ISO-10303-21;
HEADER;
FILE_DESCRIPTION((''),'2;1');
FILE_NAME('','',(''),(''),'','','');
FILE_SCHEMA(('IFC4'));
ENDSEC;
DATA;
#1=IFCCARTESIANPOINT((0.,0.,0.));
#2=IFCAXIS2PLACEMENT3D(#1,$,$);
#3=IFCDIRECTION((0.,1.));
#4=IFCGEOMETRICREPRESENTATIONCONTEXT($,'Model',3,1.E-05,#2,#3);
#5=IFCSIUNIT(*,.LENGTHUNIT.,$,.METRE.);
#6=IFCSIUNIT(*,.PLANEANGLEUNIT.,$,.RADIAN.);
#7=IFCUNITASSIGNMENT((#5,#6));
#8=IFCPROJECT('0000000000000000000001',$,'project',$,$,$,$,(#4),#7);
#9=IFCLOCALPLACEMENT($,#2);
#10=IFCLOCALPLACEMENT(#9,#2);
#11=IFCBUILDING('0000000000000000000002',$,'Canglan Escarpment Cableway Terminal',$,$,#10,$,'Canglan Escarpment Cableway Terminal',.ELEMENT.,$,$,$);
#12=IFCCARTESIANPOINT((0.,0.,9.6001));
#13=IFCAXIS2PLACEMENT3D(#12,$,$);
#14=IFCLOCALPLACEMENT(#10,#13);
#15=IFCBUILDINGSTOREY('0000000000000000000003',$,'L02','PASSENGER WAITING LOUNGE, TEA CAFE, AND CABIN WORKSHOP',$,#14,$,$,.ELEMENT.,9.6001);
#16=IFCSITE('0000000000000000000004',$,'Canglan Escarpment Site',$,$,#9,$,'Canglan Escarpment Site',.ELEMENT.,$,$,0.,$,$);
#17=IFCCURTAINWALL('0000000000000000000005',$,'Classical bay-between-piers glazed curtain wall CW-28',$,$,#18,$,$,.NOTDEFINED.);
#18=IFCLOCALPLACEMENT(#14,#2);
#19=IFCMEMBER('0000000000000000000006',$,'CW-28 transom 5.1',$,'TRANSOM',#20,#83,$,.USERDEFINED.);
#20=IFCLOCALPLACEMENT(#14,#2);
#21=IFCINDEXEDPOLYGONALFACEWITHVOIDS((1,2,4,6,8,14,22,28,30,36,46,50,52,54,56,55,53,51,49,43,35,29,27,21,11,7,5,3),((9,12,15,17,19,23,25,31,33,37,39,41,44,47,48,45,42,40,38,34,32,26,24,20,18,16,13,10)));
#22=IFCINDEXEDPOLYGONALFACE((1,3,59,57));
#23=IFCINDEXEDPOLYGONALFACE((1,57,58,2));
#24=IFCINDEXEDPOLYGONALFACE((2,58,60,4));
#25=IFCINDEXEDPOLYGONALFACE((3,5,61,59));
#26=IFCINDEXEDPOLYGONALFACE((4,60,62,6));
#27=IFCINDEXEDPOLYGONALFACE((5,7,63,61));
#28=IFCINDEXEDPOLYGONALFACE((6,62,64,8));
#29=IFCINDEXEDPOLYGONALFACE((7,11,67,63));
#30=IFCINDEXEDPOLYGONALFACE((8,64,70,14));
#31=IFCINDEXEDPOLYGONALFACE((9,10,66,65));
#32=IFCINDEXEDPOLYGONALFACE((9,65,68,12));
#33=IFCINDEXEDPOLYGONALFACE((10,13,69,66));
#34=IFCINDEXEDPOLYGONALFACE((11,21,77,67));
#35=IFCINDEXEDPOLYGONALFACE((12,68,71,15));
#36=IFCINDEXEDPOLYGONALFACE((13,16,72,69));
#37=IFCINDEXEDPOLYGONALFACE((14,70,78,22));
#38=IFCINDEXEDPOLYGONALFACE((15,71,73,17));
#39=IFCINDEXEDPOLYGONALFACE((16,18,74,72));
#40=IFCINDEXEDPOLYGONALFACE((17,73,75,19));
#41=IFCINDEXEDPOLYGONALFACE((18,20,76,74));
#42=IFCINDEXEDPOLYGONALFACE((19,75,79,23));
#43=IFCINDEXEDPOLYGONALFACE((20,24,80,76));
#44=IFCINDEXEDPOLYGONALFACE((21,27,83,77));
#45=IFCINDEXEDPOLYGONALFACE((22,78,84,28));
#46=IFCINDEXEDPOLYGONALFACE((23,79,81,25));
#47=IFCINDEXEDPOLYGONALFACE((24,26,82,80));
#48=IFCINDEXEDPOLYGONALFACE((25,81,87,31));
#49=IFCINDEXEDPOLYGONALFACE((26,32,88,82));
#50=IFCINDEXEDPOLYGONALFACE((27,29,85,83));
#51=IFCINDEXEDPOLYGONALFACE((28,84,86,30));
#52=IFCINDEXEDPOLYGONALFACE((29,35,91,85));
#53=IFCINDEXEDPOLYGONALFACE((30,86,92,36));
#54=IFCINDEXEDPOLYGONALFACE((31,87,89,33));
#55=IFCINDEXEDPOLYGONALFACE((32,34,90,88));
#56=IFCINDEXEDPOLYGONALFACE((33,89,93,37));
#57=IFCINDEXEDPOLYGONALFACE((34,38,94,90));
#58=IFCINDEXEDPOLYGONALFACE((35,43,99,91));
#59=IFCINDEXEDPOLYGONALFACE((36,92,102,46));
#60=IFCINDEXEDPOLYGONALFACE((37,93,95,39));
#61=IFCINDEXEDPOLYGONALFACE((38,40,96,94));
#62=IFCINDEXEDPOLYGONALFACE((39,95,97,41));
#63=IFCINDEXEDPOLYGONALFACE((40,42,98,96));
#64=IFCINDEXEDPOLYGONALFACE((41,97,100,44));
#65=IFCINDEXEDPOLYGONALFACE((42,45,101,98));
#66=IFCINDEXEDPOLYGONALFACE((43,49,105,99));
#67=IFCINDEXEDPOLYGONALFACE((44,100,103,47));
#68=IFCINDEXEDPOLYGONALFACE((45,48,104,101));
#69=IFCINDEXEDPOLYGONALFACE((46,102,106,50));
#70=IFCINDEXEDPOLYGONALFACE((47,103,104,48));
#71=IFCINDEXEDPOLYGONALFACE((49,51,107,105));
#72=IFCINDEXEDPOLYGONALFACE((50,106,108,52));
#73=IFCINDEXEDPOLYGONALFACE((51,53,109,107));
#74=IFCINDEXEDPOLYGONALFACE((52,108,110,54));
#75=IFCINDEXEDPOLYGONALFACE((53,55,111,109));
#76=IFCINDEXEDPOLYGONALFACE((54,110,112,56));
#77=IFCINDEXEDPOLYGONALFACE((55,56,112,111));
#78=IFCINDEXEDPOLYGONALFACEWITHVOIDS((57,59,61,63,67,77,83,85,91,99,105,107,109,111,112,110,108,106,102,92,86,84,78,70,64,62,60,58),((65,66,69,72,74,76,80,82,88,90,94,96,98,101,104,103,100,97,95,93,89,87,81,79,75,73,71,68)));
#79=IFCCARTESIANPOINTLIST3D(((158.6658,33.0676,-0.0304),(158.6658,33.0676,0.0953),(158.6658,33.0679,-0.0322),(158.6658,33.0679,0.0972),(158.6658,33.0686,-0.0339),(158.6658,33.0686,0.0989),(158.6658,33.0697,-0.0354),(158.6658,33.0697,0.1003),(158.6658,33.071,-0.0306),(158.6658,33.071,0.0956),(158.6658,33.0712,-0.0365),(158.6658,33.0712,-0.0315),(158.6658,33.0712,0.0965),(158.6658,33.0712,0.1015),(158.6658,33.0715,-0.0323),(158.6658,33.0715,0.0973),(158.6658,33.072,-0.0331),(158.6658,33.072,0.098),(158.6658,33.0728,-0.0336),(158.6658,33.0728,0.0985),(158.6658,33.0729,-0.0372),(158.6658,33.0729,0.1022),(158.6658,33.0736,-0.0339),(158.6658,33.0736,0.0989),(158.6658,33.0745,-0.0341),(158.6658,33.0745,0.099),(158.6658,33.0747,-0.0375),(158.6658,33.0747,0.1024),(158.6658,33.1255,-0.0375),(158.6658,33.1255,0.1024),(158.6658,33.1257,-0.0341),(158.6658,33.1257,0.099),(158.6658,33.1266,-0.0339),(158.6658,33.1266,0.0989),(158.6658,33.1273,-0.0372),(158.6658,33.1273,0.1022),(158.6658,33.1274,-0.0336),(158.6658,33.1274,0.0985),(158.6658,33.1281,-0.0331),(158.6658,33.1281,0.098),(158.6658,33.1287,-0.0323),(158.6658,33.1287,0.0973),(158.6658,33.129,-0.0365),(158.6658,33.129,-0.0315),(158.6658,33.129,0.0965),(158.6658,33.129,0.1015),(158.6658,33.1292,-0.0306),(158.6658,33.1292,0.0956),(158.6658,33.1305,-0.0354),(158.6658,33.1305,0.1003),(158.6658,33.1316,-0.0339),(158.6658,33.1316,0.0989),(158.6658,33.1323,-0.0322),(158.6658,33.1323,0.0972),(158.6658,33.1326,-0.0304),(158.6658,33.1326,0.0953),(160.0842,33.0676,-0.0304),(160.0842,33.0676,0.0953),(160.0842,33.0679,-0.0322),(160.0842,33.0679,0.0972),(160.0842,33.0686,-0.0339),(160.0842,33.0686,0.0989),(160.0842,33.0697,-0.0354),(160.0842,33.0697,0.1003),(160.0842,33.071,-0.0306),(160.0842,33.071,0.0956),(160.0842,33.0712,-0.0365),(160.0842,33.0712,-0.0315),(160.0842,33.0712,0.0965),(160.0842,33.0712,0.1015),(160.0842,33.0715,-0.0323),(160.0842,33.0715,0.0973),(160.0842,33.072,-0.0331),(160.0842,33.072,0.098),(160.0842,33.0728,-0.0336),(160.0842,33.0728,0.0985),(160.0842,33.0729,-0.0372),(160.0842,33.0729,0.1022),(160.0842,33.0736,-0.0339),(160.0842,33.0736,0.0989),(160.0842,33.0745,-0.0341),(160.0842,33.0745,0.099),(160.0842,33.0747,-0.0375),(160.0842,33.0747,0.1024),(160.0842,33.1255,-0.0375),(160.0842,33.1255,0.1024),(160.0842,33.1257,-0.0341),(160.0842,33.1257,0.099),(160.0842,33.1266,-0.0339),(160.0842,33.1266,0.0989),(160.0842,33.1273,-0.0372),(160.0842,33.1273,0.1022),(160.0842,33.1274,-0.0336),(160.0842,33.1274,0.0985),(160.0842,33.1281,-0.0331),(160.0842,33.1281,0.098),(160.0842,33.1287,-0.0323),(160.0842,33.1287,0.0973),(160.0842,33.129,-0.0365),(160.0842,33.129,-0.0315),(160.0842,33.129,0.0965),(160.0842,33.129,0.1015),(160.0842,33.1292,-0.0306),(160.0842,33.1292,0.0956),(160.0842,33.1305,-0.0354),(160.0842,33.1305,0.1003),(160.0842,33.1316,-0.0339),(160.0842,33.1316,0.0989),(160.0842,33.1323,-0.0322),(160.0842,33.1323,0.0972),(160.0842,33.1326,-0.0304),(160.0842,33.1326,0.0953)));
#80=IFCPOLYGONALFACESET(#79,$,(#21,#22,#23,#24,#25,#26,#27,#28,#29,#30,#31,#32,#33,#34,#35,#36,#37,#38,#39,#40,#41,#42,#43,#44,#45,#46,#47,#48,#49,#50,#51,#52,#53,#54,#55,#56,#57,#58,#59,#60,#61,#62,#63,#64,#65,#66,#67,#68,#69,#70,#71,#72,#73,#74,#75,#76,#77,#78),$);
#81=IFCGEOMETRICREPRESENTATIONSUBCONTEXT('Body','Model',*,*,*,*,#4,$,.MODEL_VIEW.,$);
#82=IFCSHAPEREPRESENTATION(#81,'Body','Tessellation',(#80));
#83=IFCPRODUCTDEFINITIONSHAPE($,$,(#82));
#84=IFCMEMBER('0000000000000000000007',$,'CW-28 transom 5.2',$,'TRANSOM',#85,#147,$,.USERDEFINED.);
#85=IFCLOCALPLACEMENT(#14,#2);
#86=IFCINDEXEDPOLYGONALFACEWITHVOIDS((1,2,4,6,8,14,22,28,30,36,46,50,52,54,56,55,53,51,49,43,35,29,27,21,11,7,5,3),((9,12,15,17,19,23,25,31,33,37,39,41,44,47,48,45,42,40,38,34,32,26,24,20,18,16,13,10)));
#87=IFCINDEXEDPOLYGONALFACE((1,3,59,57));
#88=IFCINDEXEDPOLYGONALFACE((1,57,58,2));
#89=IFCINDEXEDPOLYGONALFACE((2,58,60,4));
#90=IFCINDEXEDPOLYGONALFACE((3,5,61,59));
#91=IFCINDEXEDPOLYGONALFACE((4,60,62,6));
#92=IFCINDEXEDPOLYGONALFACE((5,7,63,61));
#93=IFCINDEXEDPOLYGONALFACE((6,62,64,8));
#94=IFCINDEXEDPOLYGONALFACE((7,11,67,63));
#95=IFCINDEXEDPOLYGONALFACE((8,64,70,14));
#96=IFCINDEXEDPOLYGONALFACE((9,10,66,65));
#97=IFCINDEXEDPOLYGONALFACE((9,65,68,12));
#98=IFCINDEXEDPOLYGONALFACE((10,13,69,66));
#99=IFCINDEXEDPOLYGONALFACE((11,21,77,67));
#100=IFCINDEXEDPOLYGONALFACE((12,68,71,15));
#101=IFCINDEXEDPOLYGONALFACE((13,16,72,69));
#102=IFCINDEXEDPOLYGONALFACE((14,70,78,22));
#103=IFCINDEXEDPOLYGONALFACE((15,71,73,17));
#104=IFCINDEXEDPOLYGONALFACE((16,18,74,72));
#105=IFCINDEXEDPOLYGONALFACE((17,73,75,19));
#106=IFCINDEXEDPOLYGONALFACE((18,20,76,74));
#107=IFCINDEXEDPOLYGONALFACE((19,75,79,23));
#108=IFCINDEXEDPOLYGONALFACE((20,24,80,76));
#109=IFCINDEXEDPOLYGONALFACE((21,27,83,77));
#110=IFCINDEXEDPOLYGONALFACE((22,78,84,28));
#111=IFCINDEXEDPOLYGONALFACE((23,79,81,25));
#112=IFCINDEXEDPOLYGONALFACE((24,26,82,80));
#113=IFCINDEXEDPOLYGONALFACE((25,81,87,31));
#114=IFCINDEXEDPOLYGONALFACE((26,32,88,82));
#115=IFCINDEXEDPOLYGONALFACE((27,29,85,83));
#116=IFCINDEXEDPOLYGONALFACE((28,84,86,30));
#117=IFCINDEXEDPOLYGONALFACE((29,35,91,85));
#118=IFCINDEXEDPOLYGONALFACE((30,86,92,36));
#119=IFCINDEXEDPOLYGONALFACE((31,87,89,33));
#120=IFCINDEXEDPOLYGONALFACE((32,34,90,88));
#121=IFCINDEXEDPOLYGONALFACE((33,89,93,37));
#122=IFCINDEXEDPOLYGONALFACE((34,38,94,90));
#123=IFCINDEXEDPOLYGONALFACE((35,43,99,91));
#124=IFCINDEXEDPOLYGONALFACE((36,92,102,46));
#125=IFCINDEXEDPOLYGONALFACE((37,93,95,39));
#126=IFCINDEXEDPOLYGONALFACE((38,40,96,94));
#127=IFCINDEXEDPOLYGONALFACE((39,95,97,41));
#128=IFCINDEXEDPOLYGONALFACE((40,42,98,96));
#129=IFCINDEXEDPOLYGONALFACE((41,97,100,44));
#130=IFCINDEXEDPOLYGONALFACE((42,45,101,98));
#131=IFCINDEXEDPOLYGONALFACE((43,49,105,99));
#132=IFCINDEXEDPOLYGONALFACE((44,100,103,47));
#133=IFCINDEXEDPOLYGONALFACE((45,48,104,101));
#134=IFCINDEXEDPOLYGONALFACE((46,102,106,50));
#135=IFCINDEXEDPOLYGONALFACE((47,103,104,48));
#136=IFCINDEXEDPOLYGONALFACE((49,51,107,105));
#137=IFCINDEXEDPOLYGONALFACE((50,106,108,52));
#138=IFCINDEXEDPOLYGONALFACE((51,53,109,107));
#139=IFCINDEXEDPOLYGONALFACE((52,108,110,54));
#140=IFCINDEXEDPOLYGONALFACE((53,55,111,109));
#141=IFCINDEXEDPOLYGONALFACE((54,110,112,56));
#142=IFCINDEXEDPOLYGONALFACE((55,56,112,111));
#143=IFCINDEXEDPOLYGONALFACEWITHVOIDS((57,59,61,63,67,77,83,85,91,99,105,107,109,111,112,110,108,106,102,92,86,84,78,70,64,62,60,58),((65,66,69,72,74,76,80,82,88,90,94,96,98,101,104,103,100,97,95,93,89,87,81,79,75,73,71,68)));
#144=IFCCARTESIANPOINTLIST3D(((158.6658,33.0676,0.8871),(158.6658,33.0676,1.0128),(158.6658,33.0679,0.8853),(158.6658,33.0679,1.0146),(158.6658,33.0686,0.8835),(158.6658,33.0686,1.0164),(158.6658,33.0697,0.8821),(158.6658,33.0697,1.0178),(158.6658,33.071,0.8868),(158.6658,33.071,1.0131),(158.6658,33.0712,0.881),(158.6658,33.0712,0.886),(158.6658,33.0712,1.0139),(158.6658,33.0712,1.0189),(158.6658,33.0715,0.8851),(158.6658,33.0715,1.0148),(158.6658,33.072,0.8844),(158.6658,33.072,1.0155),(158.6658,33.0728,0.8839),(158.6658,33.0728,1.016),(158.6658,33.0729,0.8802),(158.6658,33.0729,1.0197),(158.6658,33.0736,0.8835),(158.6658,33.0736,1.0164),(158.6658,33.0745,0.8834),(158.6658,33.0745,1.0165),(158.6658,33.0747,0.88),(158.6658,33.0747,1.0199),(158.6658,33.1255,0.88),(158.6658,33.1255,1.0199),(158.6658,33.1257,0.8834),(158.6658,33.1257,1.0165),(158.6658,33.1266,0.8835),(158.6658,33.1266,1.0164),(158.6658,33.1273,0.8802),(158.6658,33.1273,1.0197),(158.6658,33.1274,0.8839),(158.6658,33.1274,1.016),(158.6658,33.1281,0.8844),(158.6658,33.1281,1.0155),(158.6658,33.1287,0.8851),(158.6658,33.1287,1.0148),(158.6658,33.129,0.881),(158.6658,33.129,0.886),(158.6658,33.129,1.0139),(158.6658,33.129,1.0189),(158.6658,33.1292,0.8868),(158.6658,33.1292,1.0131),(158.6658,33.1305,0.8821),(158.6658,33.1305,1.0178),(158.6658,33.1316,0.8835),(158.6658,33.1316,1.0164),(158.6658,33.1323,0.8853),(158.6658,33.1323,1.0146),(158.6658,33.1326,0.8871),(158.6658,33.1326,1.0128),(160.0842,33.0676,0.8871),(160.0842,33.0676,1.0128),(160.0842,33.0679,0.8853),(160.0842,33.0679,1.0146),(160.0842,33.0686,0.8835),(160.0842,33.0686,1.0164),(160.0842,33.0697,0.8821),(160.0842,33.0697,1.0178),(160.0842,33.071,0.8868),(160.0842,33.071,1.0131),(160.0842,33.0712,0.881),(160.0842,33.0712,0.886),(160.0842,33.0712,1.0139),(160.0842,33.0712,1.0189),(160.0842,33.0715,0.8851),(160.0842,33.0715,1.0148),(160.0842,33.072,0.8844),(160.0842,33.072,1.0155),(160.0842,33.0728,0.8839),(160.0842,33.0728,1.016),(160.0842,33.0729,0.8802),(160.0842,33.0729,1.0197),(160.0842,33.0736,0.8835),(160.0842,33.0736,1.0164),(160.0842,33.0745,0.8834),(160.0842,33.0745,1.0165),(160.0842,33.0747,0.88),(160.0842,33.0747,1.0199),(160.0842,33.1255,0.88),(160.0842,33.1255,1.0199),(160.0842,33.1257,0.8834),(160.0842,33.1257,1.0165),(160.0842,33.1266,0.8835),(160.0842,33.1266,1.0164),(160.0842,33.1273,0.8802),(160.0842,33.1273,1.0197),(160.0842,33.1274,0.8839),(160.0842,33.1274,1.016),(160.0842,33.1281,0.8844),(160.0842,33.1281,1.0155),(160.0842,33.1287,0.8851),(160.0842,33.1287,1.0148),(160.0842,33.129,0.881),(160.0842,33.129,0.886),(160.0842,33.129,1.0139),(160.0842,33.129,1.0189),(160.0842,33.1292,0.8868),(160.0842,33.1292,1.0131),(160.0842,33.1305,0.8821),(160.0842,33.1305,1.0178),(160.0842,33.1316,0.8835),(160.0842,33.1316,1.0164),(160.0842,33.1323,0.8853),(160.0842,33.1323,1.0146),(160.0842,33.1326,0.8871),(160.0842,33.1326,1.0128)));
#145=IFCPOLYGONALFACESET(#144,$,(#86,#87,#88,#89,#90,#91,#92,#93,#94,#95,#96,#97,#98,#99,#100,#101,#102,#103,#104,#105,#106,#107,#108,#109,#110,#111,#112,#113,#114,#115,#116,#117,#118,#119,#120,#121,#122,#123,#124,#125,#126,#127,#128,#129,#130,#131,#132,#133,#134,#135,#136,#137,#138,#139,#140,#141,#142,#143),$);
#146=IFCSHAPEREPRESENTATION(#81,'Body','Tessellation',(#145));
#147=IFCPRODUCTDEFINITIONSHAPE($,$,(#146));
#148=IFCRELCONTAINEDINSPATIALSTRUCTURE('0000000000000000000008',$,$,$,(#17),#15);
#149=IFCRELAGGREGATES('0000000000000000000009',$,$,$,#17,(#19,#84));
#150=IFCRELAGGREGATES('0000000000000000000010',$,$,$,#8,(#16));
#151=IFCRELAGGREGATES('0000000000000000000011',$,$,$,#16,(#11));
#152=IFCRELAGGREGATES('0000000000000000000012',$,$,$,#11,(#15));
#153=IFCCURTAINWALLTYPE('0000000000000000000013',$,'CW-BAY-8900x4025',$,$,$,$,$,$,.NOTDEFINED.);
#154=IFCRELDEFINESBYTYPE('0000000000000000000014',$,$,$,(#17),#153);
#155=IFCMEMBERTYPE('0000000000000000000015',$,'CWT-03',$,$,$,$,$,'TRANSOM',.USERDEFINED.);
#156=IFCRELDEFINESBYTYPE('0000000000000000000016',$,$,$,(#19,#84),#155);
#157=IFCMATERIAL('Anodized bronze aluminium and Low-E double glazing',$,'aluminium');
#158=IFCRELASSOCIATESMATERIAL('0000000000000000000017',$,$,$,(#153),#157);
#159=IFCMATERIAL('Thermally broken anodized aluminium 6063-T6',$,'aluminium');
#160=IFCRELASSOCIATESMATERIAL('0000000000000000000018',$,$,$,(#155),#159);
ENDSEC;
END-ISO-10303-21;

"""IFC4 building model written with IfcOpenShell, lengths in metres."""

from ifc_helpers import new_model, si_unit, direction, frame, origin, origin_2d, place, context, subcontext, project, spatial, hollow_rectangle, extrude, material, material_profile, profile_set, type_object, element, aggregate, save


model = new_model("IFC4")

# Units and contexts
model_context = context("Model", 3, precision=1e-05, world=origin(), true_north=direction((0.0, 1.0)))
body_context = subcontext(model_context, "Body", "Model", "MODEL_VIEW")
ifc_project = project(units=[si_unit("LENGTHUNIT", "METRE"), si_unit("PLANEANGLEUNIT", "RADIAN")], contexts=[model_context])

# Site, building, storey
site_placement = place(None, origin())
site = spatial("IfcSite", under=ifc_project, at=site_placement, Name="Canglan Escarpment Site", LongName="Canglan Escarpment Site", CompositionType="ELEMENT", RefElevation=0.0)
building_placement = place(site_placement, origin())
building = spatial("IfcBuilding", under=site, at=building_placement, Name="Canglan Escarpment Cableway Terminal", LongName="Canglan Escarpment Cableway Terminal", CompositionType="ELEMENT")
storey_placement = place(building_placement, frame((0.0, 0.0, 9.6001)))
storey = spatial("IfcBuildingStorey", under=building, at=storey_placement, Name="L02", Description="PASSENGER WAITING LOUNGE, TEA CAFE, AND CABIN WORKSHOP", CompositionType="ELEMENT", Elevation=9.6001)

# Curtain wall, members
ifc_material_1 = material(Name="Anodized bronze aluminium and Low-E double glazing", Category="aluminium")
curtain_wall_type = type_object("IfcCurtainWallType", Name="CW-BAY-8900x4025", PredefinedType="NOTDEFINED", material=ifc_material_1)
curtain_wall_placement = place(storey_placement, origin())
curtain_wall = element("IfcCurtainWall", 1, at=curtain_wall_placement, inside=storey, type_object=curtain_wall_type, Name="Classical bay-between-piers glazed curtain wall CW-28", PredefinedType="NOTDEFINED")
ifc_material_2 = material(Name="Thermally broken anodized aluminium 6063-T6", Category="aluminium")
ifc_material_profile_1 = material_profile(ifc_material_2, hollow_rectangle(XDim=0.0649, YDim=0.1399, WallThickness=0.0034, InnerFilletRadius=0.0034, OuterFilletRadius=0.0071, at=origin_2d()), Name="ALU-TRAN 65x140x3.5")
ifc_profile_set_1 = profile_set([ifc_material_profile_1], Name="Thermally broken anodized aluminium 6063-T6")
member_type_1 = type_object("IfcMemberType", Name="CWT-03", ElementType="TRANSOM", PredefinedType="USERDEFINED", material=ifc_profile_set_1)
member_1_placement = place(storey_placement, frame((160.0842, 33.1001, 0.0325), z_axis=(-1.0, 0.0, 0.0), x_axis=(0.0, -1.0, 0.0)))
member_1 = element("IfcMember", 2, at=member_1_placement, type_object=member_type_1, Name="CW-28 transom 5.1", ObjectType="TRANSOM", PredefinedType="USERDEFINED", context=body_context, shape_type="SweptSolid", body=[
    extrude(hollow_rectangle(XDim=0.0649, YDim=0.1399, WallThickness=0.0034, InnerFilletRadius=0.0034, OuterFilletRadius=0.0071, at=origin_2d()), origin(), (0.0, 0.0, 1.0), 1.4185),
])
member_2_placement = place(storey_placement, frame((160.0842, 33.1001, 0.95), z_axis=(-1.0, 0.0, 0.0), x_axis=(0.0, -1.0, 0.0)))
member_2 = element("IfcMember", 3, at=member_2_placement, type_object=member_type_1, Name="CW-28 transom 5.2", ObjectType="TRANSOM", PredefinedType="USERDEFINED", context=body_context, shape_type="SweptSolid", body=[
    extrude(hollow_rectangle(XDim=0.0649, YDim=0.1399, WallThickness=0.0034, InnerFilletRadius=0.0034, OuterFilletRadius=0.0071, at=origin_2d()), origin(), (0.0, 0.0, 1.0), 1.4185),
])
aggregate(curtain_wall, [member_1, member_2])

save(model, "model.ifc")
